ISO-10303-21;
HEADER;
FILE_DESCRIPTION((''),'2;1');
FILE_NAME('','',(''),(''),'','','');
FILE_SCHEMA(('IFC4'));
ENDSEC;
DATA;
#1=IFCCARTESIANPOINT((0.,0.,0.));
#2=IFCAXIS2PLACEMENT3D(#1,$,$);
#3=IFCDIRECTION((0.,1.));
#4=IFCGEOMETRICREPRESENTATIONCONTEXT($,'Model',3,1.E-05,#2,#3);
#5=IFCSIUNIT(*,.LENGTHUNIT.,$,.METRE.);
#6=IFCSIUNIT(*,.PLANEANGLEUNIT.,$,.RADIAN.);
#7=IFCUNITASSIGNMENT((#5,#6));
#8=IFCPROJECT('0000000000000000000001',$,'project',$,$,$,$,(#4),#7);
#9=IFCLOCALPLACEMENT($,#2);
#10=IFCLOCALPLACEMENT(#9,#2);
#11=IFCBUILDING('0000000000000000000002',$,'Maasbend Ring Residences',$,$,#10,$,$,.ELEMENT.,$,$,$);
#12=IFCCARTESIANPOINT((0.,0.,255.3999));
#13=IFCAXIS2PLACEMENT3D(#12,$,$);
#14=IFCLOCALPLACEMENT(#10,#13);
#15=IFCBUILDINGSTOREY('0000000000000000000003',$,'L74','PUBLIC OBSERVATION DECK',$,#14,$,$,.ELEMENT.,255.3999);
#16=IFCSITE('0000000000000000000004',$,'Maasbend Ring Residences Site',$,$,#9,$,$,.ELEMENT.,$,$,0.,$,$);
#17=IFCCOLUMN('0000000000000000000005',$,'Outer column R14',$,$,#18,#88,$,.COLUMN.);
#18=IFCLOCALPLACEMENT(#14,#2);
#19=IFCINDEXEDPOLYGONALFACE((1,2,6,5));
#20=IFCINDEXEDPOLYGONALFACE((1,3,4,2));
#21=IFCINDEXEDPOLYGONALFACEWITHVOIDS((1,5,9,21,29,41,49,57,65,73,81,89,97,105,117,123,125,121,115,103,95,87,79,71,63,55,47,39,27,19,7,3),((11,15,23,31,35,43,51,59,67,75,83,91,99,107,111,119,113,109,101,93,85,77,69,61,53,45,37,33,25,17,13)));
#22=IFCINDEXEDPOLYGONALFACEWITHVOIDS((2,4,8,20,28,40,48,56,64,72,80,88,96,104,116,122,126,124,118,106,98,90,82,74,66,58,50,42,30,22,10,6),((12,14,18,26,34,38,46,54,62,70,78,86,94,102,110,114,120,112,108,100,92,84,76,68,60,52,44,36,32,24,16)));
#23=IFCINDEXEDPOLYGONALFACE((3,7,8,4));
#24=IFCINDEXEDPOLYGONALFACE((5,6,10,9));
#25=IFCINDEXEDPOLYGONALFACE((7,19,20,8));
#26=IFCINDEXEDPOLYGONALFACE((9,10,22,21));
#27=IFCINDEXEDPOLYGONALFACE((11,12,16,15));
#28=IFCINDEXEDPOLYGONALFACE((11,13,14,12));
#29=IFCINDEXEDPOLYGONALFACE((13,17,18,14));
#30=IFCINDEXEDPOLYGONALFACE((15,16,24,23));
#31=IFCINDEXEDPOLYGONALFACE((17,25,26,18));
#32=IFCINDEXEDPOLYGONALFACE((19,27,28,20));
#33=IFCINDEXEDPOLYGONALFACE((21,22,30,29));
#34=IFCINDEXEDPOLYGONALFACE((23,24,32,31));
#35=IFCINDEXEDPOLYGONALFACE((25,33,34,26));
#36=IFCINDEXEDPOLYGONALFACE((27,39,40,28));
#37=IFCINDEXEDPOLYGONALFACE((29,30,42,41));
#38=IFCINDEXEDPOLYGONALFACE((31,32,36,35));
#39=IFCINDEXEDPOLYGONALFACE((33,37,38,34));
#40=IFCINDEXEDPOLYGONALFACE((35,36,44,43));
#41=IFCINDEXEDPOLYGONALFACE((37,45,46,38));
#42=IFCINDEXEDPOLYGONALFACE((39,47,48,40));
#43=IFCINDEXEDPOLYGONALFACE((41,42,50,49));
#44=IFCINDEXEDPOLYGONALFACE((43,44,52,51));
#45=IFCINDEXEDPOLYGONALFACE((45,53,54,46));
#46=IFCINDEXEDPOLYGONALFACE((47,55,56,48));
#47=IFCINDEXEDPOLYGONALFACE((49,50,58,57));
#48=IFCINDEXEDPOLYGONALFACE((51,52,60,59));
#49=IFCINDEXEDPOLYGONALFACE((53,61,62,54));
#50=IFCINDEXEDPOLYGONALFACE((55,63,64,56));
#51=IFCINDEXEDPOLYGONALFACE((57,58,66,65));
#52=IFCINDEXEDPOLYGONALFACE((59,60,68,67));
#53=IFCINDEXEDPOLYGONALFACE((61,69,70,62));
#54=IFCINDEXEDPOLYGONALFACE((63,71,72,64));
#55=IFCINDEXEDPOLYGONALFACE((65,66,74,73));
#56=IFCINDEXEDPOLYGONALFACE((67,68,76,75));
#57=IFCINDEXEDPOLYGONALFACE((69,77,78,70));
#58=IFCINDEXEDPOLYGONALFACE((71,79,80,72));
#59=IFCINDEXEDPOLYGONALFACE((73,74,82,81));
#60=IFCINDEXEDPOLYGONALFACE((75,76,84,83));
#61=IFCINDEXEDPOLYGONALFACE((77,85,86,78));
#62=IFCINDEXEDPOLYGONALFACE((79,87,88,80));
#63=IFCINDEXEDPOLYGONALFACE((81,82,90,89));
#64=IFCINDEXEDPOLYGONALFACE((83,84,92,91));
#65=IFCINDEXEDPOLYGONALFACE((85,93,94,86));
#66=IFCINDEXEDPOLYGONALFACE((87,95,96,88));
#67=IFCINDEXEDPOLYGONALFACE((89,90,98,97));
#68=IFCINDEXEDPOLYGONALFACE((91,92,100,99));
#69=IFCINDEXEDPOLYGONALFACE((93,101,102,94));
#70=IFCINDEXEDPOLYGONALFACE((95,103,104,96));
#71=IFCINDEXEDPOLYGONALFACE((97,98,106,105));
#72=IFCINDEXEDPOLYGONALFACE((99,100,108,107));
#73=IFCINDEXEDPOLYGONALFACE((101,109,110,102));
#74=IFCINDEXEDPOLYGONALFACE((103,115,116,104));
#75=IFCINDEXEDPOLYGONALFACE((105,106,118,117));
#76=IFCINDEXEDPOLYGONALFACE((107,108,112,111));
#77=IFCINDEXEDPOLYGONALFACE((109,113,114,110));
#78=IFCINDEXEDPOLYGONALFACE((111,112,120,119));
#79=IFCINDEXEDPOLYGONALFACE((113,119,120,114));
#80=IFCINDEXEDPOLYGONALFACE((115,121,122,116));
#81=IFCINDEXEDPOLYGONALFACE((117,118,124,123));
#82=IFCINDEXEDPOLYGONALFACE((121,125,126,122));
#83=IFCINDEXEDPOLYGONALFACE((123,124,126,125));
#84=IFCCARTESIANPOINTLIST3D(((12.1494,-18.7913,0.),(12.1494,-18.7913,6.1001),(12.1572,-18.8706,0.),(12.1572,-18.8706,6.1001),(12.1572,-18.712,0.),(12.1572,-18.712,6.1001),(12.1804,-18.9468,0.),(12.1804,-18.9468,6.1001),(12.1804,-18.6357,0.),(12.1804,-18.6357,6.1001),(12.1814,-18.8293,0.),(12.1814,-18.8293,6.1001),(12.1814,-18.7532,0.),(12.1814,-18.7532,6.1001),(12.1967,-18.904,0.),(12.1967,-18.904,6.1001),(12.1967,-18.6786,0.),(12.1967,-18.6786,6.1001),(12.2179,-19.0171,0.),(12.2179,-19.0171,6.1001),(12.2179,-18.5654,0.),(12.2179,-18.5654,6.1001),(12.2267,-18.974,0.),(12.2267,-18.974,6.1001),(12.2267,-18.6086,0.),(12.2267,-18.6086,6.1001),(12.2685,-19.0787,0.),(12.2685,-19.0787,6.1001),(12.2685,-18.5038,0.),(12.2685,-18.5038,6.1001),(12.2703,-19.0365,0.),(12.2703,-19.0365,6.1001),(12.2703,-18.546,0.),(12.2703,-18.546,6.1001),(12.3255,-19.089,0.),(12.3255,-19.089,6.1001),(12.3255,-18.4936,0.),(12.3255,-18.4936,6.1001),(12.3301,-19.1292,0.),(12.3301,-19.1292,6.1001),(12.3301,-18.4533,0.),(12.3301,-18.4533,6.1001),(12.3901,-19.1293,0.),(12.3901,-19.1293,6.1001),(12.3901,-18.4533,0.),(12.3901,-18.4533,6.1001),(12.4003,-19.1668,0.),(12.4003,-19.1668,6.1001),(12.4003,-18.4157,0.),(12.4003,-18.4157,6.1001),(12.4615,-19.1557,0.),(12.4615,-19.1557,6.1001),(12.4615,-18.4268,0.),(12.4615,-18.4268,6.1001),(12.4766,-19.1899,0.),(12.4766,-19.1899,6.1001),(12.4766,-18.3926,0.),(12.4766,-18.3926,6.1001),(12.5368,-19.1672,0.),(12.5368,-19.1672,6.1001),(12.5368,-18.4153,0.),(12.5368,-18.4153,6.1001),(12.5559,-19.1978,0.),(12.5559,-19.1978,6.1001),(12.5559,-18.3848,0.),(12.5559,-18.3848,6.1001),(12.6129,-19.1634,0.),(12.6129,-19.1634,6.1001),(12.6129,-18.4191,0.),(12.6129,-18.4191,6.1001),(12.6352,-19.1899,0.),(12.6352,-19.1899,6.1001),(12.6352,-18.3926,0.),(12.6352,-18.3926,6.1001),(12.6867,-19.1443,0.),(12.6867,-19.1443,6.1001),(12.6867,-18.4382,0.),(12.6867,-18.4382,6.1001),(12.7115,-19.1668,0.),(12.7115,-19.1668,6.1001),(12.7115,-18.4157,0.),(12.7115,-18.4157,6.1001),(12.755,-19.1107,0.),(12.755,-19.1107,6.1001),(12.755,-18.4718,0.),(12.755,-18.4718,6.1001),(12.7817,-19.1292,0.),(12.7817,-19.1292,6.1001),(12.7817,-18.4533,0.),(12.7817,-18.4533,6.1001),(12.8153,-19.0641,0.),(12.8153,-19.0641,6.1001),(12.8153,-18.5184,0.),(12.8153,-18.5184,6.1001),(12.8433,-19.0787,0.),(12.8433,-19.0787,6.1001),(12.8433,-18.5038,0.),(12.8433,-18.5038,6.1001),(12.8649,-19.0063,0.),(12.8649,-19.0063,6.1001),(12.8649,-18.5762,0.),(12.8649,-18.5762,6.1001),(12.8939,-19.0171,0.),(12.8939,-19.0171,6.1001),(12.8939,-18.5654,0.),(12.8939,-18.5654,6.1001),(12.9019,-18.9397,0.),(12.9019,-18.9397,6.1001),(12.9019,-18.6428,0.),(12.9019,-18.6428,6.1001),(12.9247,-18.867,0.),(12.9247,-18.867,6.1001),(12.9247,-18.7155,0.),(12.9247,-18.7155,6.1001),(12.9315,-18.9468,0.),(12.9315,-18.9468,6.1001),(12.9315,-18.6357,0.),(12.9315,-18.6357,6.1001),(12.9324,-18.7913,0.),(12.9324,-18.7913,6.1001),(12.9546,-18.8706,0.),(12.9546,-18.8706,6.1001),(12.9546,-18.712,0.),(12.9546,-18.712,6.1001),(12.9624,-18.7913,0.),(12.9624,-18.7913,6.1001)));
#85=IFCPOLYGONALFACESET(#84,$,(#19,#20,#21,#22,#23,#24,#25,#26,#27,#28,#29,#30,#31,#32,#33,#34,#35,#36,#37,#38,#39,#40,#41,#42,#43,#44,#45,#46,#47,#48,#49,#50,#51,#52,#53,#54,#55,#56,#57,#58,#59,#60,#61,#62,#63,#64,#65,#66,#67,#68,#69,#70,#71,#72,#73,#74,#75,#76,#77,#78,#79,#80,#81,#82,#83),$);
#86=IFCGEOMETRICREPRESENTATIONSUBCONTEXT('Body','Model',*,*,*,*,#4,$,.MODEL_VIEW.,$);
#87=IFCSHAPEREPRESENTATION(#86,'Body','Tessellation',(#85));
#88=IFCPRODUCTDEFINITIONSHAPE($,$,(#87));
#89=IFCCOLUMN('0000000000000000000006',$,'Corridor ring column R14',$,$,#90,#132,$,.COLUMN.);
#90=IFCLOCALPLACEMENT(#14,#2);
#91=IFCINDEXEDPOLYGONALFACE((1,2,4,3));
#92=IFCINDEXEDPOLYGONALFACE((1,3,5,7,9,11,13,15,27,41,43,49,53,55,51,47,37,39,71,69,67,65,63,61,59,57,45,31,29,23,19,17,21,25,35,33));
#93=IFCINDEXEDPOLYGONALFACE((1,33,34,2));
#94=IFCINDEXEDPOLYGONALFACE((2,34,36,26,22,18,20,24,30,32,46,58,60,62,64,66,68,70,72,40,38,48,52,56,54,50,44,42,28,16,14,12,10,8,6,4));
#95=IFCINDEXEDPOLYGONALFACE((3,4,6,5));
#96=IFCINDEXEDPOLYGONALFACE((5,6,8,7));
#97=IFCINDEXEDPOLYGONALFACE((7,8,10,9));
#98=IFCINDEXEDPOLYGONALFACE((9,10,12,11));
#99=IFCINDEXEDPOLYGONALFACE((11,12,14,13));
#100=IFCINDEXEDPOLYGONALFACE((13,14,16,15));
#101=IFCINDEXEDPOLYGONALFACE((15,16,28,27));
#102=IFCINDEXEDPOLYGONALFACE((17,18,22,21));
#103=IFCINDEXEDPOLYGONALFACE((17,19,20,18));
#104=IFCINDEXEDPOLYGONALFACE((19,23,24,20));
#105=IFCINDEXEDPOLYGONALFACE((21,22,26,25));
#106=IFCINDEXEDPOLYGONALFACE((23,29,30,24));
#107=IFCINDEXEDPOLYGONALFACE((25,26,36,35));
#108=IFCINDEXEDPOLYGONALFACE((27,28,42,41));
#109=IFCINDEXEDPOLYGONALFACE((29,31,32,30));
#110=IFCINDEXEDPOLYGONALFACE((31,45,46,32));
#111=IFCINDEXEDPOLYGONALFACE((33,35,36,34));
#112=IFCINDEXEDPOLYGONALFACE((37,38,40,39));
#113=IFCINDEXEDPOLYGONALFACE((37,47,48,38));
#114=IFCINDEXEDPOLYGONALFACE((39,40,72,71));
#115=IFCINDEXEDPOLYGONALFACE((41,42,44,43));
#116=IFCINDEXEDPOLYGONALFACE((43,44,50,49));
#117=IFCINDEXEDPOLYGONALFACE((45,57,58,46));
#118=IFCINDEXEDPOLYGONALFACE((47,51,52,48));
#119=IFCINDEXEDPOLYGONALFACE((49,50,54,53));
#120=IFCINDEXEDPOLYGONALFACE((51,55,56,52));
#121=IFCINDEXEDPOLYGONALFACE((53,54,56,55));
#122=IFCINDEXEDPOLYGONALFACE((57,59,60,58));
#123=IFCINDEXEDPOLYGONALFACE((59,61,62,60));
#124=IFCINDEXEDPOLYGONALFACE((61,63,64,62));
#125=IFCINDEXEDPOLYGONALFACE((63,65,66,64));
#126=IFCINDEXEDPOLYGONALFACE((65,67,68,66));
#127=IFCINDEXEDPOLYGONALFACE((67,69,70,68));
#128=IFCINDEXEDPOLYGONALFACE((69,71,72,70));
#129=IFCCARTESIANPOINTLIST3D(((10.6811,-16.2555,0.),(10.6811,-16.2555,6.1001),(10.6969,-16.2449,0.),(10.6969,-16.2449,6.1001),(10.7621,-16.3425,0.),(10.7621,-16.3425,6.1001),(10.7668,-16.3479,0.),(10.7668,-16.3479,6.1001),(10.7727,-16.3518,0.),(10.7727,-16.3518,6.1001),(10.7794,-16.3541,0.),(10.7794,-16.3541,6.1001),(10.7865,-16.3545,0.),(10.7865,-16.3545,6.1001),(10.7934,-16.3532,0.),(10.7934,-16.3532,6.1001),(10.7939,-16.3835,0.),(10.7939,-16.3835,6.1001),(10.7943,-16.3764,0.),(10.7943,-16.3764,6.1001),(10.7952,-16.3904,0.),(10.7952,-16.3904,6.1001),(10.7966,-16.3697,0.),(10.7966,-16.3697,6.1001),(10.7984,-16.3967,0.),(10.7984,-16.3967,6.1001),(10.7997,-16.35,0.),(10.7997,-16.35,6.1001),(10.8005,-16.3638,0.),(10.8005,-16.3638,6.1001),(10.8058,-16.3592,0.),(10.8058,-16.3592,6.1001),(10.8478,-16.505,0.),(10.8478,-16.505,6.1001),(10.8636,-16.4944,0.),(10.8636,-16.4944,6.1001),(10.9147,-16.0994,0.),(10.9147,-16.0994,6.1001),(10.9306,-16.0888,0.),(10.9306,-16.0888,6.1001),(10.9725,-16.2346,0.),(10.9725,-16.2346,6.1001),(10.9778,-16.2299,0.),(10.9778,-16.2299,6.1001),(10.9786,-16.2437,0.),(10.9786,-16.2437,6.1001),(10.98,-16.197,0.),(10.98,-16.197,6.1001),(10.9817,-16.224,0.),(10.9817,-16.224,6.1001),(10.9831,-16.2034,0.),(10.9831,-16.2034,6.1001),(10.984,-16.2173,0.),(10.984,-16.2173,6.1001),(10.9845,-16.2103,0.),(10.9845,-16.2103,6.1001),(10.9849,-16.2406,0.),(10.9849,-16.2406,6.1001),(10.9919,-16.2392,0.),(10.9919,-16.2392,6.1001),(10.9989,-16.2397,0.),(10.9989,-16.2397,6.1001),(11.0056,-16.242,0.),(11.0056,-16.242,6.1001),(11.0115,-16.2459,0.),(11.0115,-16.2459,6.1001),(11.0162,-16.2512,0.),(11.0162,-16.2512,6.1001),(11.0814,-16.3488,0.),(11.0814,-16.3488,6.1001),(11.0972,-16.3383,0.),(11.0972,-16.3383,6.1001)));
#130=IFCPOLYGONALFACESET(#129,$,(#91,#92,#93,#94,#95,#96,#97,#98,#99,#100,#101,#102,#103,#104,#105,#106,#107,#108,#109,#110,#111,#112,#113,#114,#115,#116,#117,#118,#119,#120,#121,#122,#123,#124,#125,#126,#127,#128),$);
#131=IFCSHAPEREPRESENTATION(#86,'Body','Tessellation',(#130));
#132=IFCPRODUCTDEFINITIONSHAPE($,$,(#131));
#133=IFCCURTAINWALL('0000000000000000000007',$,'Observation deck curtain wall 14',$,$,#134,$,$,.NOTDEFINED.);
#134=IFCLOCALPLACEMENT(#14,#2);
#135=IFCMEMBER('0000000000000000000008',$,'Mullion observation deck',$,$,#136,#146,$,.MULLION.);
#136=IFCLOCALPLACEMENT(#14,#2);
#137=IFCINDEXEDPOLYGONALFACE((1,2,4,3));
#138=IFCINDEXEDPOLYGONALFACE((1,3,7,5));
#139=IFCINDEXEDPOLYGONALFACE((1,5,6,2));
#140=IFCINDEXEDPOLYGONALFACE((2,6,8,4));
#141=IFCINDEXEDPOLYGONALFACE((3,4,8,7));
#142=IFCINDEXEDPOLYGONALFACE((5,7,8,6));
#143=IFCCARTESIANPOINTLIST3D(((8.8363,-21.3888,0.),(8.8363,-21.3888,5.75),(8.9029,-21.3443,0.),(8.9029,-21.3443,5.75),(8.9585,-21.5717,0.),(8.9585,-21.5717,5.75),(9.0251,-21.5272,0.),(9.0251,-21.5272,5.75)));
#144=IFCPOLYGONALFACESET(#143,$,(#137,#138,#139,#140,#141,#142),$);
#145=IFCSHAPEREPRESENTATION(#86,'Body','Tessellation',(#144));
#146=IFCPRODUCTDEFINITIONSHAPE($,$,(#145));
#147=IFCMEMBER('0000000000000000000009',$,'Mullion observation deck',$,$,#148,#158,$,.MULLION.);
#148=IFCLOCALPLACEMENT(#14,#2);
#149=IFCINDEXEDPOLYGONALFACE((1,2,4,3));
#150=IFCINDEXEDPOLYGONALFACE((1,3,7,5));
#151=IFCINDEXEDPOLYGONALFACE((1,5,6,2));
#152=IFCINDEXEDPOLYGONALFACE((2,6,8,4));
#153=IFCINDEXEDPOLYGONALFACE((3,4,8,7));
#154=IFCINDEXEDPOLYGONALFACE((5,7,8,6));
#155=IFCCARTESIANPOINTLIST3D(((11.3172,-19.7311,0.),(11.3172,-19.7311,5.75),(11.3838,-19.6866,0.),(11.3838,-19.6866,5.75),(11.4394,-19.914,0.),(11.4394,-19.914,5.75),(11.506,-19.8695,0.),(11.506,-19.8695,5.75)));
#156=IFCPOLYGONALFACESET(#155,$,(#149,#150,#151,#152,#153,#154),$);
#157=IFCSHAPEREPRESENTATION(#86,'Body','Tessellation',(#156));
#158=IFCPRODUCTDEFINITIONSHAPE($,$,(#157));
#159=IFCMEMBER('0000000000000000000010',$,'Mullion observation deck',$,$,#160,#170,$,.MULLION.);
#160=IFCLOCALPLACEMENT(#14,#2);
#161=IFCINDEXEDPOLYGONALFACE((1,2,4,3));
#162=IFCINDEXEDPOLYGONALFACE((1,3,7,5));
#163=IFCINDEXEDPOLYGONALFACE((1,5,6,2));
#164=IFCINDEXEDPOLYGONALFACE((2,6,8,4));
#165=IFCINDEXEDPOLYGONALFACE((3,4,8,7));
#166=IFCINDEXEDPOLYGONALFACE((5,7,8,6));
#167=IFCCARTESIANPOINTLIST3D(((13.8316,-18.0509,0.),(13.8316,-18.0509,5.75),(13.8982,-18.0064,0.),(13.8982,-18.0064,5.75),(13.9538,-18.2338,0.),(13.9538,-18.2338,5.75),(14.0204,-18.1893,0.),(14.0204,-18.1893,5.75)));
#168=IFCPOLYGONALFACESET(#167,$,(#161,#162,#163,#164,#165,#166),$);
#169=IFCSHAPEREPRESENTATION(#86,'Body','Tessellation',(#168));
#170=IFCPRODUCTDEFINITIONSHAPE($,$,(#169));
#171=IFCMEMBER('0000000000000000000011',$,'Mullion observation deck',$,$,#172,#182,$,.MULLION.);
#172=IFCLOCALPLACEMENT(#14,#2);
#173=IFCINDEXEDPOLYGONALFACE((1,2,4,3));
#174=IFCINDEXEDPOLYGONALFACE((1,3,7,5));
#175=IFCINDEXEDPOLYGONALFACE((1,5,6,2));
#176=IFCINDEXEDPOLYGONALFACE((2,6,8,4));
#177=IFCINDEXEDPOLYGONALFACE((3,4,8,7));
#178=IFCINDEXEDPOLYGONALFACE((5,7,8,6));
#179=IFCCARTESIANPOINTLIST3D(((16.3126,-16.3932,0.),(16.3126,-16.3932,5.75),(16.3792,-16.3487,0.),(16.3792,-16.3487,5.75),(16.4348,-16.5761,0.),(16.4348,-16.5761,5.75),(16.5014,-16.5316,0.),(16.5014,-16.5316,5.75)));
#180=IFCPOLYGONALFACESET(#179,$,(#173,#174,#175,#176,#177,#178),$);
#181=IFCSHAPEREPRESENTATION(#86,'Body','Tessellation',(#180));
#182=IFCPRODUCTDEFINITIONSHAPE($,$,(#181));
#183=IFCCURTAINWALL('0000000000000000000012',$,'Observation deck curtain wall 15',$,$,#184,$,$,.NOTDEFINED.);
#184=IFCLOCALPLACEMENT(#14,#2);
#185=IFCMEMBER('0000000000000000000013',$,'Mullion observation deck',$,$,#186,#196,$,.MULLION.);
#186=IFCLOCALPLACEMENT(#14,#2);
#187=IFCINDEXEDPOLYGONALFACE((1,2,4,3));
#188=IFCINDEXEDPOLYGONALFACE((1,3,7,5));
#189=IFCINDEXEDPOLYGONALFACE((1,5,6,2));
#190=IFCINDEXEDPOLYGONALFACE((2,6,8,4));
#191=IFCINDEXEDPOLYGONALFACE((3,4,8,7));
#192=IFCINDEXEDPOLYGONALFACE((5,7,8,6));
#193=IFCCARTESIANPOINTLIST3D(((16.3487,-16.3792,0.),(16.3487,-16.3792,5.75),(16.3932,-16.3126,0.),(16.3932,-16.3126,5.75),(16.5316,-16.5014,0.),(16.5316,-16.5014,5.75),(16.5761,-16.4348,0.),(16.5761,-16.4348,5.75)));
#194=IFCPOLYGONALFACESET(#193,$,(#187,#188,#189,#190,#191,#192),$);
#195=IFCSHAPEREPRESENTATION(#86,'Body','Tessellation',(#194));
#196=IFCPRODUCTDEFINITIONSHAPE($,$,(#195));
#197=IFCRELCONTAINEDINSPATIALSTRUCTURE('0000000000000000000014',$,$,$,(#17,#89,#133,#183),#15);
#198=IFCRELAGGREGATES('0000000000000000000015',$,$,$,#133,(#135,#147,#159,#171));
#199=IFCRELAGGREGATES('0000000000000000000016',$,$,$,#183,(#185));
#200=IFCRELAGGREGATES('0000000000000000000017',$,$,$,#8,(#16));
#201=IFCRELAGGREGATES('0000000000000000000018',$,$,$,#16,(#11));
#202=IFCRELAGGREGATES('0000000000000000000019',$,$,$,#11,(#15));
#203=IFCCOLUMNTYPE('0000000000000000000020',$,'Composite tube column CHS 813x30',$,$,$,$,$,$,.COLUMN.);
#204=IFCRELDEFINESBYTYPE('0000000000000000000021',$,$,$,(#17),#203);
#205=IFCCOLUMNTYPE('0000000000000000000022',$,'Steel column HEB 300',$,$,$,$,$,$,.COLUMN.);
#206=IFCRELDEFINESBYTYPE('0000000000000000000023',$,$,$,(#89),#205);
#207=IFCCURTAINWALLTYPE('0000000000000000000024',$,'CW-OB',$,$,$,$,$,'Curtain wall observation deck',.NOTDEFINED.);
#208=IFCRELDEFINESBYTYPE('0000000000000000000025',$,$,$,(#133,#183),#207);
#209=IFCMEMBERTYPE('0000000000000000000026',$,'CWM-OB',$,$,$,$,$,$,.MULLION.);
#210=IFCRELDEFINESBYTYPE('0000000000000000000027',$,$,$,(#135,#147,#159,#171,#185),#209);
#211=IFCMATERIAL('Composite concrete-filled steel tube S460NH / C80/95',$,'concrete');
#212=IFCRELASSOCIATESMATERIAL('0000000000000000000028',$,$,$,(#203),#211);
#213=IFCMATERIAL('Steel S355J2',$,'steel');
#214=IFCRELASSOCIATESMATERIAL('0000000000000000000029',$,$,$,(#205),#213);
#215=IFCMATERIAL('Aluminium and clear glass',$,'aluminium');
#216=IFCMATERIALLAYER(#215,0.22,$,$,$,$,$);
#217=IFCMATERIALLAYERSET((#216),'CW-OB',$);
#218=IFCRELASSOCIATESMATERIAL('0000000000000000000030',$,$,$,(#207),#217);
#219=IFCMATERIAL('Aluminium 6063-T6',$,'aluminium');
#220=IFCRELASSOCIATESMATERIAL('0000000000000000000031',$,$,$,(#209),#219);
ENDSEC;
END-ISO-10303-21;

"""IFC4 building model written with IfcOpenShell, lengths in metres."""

from ifc_helpers import new_model, si_unit, direction, frame, origin, origin_2d, place, context, subcontext, project, spatial, rectangle, hollow_circle, i_section, extrude, material, layer, layer_set, material_profile, profile_set, type_object, element, aggregate, save


model = new_model("IFC4")

# Units and contexts
model_context = context("Model", 3, precision=1e-05, world=origin(), true_north=direction((0.0, 1.0)))
body_context = subcontext(model_context, "Body", "Model", "MODEL_VIEW")
ifc_project = project(units=[si_unit("LENGTHUNIT", "METRE"), si_unit("PLANEANGLEUNIT", "RADIAN")], contexts=[model_context])

# Site, building, storey
site_placement = place(None, origin())
site = spatial("IfcSite", under=ifc_project, at=site_placement, Name="Maasbend Ring Residences Site", CompositionType="ELEMENT", RefElevation=0.0)
building_placement = place(site_placement, origin())
building = spatial("IfcBuilding", under=site, at=building_placement, Name="Maasbend Ring Residences", CompositionType="ELEMENT")
storey_placement = place(building_placement, frame((0.0, 0.0, 255.3999)))
storey = spatial("IfcBuildingStorey", under=building, at=storey_placement, Name="L74", Description="PUBLIC OBSERVATION DECK", CompositionType="ELEMENT", Elevation=255.3999)

# Columns
ifc_material_1 = material(Name="Composite concrete-filled steel tube S460NH / C80/95", Category="concrete")
ifc_material_profile_1 = material_profile(ifc_material_1, hollow_circle(Radius=0.4065, WallThickness=0.03, at=origin_2d()), Name="Composite tube column CHS 813x30")
ifc_profile_set_1 = profile_set([ifc_material_profile_1], Name="Composite concrete-filled steel tube S460NH / C80/95")
column_type_1 = type_object("IfcColumnType", Name="Composite tube column CHS 813x30", PredefinedType="COLUMN", material=ifc_profile_set_1)
column_1_placement = place(storey_placement, frame((12.5559, -18.7913, 0.0), z_axis=(0.0, 0.0, 1.0), x_axis=(1.0, 0.0, 0.0)))
element("IfcColumn", 1, at=column_1_placement, inside=storey, type_object=column_type_1, Name="Outer column R14", PredefinedType="COLUMN", context=body_context, shape_type="SweptSolid", body=[
    extrude(hollow_circle(Radius=0.4065, WallThickness=0.03, at=origin_2d()), origin(), (0.0, 0.0, 1.0), 6.1001),
])
ifc_material_2 = material(Name="Steel S355J2", Category="steel")
ifc_material_profile_2 = material_profile(ifc_material_2, i_section(OverallWidth=0.3, OverallDepth=0.3, WebThickness=0.011, FlangeThickness=0.019, FilletRadius=0.0271, at=origin_2d()), Name="HEB 300")
ifc_profile_set_2 = profile_set([ifc_material_profile_2], Name="Steel S355J2")
column_type_2 = type_object("IfcColumnType", Name="Steel column HEB 300", PredefinedType="COLUMN", material=ifc_profile_set_2)
column_2_placement = place(storey_placement, frame((10.8892, -16.2969, 0.0), z_axis=(0.0, 0.0, 1.0), x_axis=(0.55557, -0.83147, 0.0)))
element("IfcColumn", 2, at=column_2_placement, inside=storey, type_object=column_type_2, Name="Corridor ring column R14", PredefinedType="COLUMN", context=body_context, shape_type="SweptSolid", body=[
    extrude(i_section(OverallWidth=0.3, OverallDepth=0.3, WebThickness=0.011, FlangeThickness=0.019, FilletRadius=0.0271, at=origin_2d()), origin(), (0.0, 0.0, 1.0), 6.1001),
])

# Curtain walls, members
ifc_material_3 = material(Name="Aluminium and clear glass", Category="aluminium")
ifc_layer_1 = layer(ifc_material_3, 0.22)
ifc_layer_set_1 = layer_set([ifc_layer_1], Name="CW-OB")
curtain_wall_type = type_object("IfcCurtainWallType", Name="CW-OB", ElementType="Curtain wall observation deck", PredefinedType="NOTDEFINED", material=ifc_layer_set_1)
curtain_wall_1_placement = place(storey_placement, origin())
curtain_wall_1 = element("IfcCurtainWall", 3, at=curtain_wall_1_placement, inside=storey, type_object=curtain_wall_type, Name="Observation deck curtain wall 14", PredefinedType="NOTDEFINED")
ifc_material_4 = material(Name="Aluminium 6063-T6", Category="aluminium")
ifc_material_profile_3 = material_profile(ifc_material_4, rectangle(XDim=0.22, YDim=0.0801, at=origin_2d()), Name="AL 220x80")
ifc_profile_set_3 = profile_set([ifc_material_profile_3], Name="Aluminium 6063-T6")
member_type_1 = type_object("IfcMemberType", Name="CWM-OB", PredefinedType="MULLION", material=ifc_profile_set_3)
member_1_placement = place(storey_placement, frame((8.9307, -21.458, 0.0), z_axis=(0.0, 0.0, 1.0), x_axis=(-0.55557, 0.83147, 0.0)))
member_1 = element("IfcMember", 4, at=member_1_placement, type_object=member_type_1, Name="Mullion observation deck", PredefinedType="MULLION", context=body_context, shape_type="SweptSolid", body=[
    extrude(rectangle(XDim=0.22, YDim=0.0801, at=origin_2d()), origin(), (0.0, 0.0, 1.0), 5.75),
])
member_2_placement = place(storey_placement, frame((11.4116, -19.8003, 0.0), z_axis=(0.0, 0.0, 1.0), x_axis=(-0.55557, 0.83147, 0.0)))
member_2 = element("IfcMember", 5, at=member_2_placement, type_object=member_type_1, Name="Mullion observation deck", PredefinedType="MULLION", context=body_context, shape_type="SweptSolid", body=[
    extrude(rectangle(XDim=0.22, YDim=0.0801, at=origin_2d()), origin(), (0.0, 0.0, 1.0), 5.75),
])
member_3_placement = place(storey_placement, frame((13.926, -18.1201, 0.0), z_axis=(0.0, 0.0, 1.0), x_axis=(-0.55557, 0.83147, 0.0)))
member_3 = element("IfcMember", 6, at=member_3_placement, type_object=member_type_1, Name="Mullion observation deck", PredefinedType="MULLION", context=body_context, shape_type="SweptSolid", body=[
    extrude(rectangle(XDim=0.22, YDim=0.0801, at=origin_2d()), origin(), (0.0, 0.0, 1.0), 5.75),
])
member_4_placement = place(storey_placement, frame((16.407, -16.4624, 0.0), z_axis=(0.0, 0.0, 1.0), x_axis=(-0.55557, 0.83147, 0.0)))
member_4 = element("IfcMember", 7, at=member_4_placement, type_object=member_type_1, Name="Mullion observation deck", PredefinedType="MULLION", context=body_context, shape_type="SweptSolid", body=[
    extrude(rectangle(XDim=0.22, YDim=0.0801, at=origin_2d()), origin(), (0.0, 0.0, 1.0), 5.75),
])
curtain_wall_2_placement = place(storey_placement, origin())
curtain_wall_2 = element("IfcCurtainWall", 8, at=curtain_wall_2_placement, inside=storey, type_object=curtain_wall_type, Name="Observation deck curtain wall 15", PredefinedType="NOTDEFINED")
member_5_placement = place(storey_placement, frame((16.4624, -16.407, 0.0), z_axis=(0.0, 0.0, 1.0), x_axis=(-0.83147, 0.55557, 0.0)))
member_5 = element("IfcMember", 9, at=member_5_placement, type_object=member_type_1, Name="Mullion observation deck", PredefinedType="MULLION", context=body_context, shape_type="SweptSolid", body=[
    extrude(rectangle(XDim=0.22, YDim=0.0801, at=origin_2d()), origin(), (0.0, 0.0, 1.0), 5.75),
])

aggregate(curtain_wall_1, [member_1, member_2, member_3, member_4])
aggregate(curtain_wall_2, [member_5])

save(model, "model.ifc")
